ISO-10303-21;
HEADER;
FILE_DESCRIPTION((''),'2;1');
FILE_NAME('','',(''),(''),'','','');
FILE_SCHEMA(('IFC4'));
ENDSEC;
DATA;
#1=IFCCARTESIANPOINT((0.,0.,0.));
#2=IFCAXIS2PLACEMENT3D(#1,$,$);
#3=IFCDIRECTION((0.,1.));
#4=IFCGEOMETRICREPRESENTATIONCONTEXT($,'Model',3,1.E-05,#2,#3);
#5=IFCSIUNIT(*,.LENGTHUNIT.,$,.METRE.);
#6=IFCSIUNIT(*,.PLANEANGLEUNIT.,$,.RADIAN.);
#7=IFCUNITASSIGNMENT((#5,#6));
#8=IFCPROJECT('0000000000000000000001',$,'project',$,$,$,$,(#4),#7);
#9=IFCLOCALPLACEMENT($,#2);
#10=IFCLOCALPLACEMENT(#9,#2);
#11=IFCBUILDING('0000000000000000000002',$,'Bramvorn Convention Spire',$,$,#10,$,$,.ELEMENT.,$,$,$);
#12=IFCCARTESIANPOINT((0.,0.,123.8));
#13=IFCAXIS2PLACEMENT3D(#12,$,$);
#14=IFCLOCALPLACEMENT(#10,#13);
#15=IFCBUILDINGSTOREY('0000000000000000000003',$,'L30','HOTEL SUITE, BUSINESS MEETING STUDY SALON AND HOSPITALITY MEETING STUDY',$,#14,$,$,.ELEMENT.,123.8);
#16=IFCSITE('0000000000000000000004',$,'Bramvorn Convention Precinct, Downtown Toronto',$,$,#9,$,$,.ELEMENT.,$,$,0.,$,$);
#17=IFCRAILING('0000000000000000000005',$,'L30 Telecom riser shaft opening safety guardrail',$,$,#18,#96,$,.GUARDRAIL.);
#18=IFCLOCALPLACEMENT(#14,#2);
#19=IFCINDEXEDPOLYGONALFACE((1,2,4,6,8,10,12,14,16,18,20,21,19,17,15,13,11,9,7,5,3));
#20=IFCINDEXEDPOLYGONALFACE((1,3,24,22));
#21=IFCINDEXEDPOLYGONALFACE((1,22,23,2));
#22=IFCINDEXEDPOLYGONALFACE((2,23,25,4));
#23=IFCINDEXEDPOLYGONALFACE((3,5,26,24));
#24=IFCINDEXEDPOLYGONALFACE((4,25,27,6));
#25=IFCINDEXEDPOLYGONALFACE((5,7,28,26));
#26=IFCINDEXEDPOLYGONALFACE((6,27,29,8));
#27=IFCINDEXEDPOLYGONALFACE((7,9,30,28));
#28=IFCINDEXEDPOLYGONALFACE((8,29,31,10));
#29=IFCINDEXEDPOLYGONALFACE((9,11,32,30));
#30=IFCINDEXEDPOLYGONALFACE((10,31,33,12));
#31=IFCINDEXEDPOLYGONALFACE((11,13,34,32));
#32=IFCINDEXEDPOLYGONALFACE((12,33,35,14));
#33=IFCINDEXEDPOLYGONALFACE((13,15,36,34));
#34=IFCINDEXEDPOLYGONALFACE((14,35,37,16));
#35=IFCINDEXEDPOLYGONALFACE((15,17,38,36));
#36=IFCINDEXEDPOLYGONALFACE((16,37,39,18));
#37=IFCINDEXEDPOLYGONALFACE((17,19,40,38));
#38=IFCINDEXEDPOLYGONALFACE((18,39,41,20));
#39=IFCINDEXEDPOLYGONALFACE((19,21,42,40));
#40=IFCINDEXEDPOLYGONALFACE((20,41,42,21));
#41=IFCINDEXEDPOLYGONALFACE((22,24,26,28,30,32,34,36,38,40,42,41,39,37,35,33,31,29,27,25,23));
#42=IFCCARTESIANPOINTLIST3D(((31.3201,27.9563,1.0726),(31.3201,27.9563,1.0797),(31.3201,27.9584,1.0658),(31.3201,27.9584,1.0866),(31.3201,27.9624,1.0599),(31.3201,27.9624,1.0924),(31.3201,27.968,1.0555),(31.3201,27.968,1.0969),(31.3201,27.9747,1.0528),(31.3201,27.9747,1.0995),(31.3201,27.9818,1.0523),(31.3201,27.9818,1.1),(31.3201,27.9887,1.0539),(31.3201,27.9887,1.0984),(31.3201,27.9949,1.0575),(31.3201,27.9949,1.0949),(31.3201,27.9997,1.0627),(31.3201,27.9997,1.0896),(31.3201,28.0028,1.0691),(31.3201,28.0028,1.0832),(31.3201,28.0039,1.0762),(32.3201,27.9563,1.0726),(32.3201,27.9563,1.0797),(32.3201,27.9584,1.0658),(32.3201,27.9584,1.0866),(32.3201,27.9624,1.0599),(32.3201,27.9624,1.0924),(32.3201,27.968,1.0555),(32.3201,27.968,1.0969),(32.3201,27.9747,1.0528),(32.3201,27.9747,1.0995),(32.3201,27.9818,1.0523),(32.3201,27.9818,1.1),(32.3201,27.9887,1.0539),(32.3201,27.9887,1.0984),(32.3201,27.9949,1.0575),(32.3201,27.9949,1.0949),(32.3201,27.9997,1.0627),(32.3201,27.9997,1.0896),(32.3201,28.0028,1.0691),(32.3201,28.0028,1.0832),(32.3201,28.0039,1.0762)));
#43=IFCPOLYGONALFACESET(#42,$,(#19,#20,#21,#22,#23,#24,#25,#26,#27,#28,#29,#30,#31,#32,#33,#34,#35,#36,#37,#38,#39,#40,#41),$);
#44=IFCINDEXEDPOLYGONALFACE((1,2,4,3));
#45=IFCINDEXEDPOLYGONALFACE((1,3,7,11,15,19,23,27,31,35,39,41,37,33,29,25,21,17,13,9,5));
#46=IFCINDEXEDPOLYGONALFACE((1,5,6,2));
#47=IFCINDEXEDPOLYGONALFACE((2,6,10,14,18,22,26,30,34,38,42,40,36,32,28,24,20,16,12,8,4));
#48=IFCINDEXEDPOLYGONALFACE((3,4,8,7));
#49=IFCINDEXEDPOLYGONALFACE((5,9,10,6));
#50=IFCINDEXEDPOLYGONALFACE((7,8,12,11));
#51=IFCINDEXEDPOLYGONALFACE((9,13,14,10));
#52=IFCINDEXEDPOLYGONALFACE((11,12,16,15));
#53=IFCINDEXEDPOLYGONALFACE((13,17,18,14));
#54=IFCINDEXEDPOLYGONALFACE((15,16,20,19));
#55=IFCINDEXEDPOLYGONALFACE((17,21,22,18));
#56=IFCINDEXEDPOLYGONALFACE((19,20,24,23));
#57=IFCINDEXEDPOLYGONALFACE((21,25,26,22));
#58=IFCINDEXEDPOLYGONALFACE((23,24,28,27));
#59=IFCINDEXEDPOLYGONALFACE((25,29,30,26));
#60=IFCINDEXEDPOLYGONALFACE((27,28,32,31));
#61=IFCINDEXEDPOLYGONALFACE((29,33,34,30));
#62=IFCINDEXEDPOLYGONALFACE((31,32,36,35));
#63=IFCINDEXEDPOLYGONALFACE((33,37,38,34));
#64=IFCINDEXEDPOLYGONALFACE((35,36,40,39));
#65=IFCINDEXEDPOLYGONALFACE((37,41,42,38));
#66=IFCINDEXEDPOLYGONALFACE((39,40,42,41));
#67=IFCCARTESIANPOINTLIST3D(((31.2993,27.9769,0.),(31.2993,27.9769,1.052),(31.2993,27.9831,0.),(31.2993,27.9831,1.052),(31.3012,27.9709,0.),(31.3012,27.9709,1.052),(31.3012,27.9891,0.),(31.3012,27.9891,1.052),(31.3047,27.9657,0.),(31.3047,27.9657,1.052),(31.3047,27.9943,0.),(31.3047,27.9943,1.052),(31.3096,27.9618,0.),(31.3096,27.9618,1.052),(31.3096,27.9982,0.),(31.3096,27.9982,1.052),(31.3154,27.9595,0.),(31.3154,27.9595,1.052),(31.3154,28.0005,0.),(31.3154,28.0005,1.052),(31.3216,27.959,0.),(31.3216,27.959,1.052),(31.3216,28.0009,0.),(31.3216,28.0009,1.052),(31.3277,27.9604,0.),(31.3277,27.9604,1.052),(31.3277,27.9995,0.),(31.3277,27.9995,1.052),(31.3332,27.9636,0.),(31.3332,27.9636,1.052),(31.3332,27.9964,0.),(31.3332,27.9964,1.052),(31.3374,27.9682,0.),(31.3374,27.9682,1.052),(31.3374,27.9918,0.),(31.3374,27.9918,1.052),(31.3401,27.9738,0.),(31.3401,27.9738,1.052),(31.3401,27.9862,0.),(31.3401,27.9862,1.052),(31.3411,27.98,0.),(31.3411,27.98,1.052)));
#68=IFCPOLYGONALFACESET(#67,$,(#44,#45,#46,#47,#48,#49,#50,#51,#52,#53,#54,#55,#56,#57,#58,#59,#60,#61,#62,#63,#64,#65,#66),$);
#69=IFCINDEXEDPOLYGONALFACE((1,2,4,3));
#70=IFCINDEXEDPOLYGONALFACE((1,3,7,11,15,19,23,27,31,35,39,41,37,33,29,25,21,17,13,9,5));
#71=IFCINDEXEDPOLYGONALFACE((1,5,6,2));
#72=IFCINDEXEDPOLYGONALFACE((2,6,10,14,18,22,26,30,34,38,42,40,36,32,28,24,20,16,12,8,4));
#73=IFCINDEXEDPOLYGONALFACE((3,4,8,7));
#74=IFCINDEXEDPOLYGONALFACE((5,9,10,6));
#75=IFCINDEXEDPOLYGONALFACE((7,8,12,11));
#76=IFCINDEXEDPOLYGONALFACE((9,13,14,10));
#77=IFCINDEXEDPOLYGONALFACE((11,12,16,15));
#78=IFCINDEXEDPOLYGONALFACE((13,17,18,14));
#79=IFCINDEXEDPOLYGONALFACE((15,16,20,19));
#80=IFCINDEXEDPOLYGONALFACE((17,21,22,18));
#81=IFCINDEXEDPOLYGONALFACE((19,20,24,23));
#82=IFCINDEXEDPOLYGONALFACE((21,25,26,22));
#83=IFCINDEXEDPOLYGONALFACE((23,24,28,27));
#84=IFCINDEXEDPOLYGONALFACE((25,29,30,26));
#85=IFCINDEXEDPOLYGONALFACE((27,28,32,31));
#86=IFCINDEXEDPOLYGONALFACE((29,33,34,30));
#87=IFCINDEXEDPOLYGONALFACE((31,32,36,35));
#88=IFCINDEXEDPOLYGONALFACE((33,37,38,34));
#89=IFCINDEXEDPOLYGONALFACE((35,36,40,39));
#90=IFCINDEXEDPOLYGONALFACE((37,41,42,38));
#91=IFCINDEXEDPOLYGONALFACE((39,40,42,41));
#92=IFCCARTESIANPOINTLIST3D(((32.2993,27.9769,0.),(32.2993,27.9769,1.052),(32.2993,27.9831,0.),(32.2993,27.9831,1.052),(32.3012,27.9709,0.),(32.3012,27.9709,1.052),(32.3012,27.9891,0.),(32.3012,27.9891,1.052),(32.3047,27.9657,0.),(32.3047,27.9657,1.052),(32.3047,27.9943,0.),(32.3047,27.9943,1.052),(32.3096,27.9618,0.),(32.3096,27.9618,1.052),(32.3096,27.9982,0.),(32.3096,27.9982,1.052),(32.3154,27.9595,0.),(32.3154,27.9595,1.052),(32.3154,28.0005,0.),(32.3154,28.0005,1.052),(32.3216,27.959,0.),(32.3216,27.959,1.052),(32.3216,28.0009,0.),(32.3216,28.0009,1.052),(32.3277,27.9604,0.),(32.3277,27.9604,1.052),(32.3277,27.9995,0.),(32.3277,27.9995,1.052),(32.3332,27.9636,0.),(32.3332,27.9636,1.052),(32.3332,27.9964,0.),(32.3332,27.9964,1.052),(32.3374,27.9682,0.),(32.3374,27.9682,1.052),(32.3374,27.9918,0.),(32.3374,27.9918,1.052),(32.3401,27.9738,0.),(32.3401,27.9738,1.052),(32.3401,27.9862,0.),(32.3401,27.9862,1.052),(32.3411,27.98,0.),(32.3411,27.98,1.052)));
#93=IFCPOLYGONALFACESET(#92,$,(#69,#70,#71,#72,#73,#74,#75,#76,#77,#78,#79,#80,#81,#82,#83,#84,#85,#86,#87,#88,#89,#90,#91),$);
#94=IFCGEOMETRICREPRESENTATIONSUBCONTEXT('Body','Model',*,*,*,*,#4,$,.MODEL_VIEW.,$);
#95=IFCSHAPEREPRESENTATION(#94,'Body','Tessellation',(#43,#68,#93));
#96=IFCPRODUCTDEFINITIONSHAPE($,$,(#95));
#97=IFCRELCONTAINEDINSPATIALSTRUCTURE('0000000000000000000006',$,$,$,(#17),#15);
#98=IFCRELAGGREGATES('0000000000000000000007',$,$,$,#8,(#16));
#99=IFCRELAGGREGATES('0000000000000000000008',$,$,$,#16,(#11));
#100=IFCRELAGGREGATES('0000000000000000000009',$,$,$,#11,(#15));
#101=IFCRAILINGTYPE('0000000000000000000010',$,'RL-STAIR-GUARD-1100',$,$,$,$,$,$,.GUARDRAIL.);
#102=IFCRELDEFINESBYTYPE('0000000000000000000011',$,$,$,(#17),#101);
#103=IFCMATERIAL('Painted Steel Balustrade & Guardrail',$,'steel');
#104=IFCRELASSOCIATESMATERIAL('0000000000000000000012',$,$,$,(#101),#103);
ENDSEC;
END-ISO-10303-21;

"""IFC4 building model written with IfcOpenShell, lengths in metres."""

from ifc_helpers import new_model, si_unit, direction, frame, origin, origin_2d, place, context, subcontext, project, spatial, circle, extrude, material, type_object, element, save


model = new_model("IFC4")

# Units and contexts
model_context = context("Model", 3, precision=1e-05, world=origin(), true_north=direction((0.0, 1.0)))
body_context = subcontext(model_context, "Body", "Model", "MODEL_VIEW")
ifc_project = project(units=[si_unit("LENGTHUNIT", "METRE"), si_unit("PLANEANGLEUNIT", "RADIAN")], contexts=[model_context])

# Site, building, storey
site_placement = place(None, origin())
site = spatial("IfcSite", under=ifc_project, at=site_placement, Name="Bramvorn Convention Precinct, Downtown Toronto", CompositionType="ELEMENT", RefElevation=0.0)
building_placement = place(site_placement, origin())
building = spatial("IfcBuilding", under=site, at=building_placement, Name="Bramvorn Convention Spire", CompositionType="ELEMENT")
storey_placement = place(building_placement, frame((0.0, 0.0, 123.8)))
storey = spatial("IfcBuildingStorey", under=building, at=storey_placement, Name="L30", Description="HOTEL SUITE, BUSINESS MEETING STUDY SALON AND HOSPITALITY MEETING STUDY", CompositionType="ELEMENT", Elevation=123.8)

# Railing
ifc_material_1 = material(Name="Painted Steel Balustrade & Guardrail", Category="steel")
railing_type = type_object("IfcRailingType", Name="RL-STAIR-GUARD-1100", PredefinedType="GUARDRAIL", material=ifc_material_1)
railing_placement = place(storey_placement, frame((31.3201, 27.98, 0.0)))
element("IfcRailing", 1, at=railing_placement, inside=storey, type_object=railing_type, Name="L30 Telecom riser shaft opening safety guardrail", PredefinedType="GUARDRAIL", context=body_context, shape_type="SweptSolid", body=[
    extrude(circle(Radius=0.0239, at=origin_2d()), frame((0.0, 0.0, 1.0762), z_axis=(1.0, 0.0, 0.0), x_axis=(0.0, 1.0, 0.0)), (0.0, 0.0, 1.0), 1.0),
    extrude(circle(Radius=0.021, at=origin_2d()), origin(), (0.0, 0.0, 1.0), 1.052),
    extrude(circle(Radius=0.021, at=origin_2d()), frame((1.0, 0.0, 0.0)), (0.0, 0.0, 1.0), 1.052),
])

save(model, "model.ifc")
